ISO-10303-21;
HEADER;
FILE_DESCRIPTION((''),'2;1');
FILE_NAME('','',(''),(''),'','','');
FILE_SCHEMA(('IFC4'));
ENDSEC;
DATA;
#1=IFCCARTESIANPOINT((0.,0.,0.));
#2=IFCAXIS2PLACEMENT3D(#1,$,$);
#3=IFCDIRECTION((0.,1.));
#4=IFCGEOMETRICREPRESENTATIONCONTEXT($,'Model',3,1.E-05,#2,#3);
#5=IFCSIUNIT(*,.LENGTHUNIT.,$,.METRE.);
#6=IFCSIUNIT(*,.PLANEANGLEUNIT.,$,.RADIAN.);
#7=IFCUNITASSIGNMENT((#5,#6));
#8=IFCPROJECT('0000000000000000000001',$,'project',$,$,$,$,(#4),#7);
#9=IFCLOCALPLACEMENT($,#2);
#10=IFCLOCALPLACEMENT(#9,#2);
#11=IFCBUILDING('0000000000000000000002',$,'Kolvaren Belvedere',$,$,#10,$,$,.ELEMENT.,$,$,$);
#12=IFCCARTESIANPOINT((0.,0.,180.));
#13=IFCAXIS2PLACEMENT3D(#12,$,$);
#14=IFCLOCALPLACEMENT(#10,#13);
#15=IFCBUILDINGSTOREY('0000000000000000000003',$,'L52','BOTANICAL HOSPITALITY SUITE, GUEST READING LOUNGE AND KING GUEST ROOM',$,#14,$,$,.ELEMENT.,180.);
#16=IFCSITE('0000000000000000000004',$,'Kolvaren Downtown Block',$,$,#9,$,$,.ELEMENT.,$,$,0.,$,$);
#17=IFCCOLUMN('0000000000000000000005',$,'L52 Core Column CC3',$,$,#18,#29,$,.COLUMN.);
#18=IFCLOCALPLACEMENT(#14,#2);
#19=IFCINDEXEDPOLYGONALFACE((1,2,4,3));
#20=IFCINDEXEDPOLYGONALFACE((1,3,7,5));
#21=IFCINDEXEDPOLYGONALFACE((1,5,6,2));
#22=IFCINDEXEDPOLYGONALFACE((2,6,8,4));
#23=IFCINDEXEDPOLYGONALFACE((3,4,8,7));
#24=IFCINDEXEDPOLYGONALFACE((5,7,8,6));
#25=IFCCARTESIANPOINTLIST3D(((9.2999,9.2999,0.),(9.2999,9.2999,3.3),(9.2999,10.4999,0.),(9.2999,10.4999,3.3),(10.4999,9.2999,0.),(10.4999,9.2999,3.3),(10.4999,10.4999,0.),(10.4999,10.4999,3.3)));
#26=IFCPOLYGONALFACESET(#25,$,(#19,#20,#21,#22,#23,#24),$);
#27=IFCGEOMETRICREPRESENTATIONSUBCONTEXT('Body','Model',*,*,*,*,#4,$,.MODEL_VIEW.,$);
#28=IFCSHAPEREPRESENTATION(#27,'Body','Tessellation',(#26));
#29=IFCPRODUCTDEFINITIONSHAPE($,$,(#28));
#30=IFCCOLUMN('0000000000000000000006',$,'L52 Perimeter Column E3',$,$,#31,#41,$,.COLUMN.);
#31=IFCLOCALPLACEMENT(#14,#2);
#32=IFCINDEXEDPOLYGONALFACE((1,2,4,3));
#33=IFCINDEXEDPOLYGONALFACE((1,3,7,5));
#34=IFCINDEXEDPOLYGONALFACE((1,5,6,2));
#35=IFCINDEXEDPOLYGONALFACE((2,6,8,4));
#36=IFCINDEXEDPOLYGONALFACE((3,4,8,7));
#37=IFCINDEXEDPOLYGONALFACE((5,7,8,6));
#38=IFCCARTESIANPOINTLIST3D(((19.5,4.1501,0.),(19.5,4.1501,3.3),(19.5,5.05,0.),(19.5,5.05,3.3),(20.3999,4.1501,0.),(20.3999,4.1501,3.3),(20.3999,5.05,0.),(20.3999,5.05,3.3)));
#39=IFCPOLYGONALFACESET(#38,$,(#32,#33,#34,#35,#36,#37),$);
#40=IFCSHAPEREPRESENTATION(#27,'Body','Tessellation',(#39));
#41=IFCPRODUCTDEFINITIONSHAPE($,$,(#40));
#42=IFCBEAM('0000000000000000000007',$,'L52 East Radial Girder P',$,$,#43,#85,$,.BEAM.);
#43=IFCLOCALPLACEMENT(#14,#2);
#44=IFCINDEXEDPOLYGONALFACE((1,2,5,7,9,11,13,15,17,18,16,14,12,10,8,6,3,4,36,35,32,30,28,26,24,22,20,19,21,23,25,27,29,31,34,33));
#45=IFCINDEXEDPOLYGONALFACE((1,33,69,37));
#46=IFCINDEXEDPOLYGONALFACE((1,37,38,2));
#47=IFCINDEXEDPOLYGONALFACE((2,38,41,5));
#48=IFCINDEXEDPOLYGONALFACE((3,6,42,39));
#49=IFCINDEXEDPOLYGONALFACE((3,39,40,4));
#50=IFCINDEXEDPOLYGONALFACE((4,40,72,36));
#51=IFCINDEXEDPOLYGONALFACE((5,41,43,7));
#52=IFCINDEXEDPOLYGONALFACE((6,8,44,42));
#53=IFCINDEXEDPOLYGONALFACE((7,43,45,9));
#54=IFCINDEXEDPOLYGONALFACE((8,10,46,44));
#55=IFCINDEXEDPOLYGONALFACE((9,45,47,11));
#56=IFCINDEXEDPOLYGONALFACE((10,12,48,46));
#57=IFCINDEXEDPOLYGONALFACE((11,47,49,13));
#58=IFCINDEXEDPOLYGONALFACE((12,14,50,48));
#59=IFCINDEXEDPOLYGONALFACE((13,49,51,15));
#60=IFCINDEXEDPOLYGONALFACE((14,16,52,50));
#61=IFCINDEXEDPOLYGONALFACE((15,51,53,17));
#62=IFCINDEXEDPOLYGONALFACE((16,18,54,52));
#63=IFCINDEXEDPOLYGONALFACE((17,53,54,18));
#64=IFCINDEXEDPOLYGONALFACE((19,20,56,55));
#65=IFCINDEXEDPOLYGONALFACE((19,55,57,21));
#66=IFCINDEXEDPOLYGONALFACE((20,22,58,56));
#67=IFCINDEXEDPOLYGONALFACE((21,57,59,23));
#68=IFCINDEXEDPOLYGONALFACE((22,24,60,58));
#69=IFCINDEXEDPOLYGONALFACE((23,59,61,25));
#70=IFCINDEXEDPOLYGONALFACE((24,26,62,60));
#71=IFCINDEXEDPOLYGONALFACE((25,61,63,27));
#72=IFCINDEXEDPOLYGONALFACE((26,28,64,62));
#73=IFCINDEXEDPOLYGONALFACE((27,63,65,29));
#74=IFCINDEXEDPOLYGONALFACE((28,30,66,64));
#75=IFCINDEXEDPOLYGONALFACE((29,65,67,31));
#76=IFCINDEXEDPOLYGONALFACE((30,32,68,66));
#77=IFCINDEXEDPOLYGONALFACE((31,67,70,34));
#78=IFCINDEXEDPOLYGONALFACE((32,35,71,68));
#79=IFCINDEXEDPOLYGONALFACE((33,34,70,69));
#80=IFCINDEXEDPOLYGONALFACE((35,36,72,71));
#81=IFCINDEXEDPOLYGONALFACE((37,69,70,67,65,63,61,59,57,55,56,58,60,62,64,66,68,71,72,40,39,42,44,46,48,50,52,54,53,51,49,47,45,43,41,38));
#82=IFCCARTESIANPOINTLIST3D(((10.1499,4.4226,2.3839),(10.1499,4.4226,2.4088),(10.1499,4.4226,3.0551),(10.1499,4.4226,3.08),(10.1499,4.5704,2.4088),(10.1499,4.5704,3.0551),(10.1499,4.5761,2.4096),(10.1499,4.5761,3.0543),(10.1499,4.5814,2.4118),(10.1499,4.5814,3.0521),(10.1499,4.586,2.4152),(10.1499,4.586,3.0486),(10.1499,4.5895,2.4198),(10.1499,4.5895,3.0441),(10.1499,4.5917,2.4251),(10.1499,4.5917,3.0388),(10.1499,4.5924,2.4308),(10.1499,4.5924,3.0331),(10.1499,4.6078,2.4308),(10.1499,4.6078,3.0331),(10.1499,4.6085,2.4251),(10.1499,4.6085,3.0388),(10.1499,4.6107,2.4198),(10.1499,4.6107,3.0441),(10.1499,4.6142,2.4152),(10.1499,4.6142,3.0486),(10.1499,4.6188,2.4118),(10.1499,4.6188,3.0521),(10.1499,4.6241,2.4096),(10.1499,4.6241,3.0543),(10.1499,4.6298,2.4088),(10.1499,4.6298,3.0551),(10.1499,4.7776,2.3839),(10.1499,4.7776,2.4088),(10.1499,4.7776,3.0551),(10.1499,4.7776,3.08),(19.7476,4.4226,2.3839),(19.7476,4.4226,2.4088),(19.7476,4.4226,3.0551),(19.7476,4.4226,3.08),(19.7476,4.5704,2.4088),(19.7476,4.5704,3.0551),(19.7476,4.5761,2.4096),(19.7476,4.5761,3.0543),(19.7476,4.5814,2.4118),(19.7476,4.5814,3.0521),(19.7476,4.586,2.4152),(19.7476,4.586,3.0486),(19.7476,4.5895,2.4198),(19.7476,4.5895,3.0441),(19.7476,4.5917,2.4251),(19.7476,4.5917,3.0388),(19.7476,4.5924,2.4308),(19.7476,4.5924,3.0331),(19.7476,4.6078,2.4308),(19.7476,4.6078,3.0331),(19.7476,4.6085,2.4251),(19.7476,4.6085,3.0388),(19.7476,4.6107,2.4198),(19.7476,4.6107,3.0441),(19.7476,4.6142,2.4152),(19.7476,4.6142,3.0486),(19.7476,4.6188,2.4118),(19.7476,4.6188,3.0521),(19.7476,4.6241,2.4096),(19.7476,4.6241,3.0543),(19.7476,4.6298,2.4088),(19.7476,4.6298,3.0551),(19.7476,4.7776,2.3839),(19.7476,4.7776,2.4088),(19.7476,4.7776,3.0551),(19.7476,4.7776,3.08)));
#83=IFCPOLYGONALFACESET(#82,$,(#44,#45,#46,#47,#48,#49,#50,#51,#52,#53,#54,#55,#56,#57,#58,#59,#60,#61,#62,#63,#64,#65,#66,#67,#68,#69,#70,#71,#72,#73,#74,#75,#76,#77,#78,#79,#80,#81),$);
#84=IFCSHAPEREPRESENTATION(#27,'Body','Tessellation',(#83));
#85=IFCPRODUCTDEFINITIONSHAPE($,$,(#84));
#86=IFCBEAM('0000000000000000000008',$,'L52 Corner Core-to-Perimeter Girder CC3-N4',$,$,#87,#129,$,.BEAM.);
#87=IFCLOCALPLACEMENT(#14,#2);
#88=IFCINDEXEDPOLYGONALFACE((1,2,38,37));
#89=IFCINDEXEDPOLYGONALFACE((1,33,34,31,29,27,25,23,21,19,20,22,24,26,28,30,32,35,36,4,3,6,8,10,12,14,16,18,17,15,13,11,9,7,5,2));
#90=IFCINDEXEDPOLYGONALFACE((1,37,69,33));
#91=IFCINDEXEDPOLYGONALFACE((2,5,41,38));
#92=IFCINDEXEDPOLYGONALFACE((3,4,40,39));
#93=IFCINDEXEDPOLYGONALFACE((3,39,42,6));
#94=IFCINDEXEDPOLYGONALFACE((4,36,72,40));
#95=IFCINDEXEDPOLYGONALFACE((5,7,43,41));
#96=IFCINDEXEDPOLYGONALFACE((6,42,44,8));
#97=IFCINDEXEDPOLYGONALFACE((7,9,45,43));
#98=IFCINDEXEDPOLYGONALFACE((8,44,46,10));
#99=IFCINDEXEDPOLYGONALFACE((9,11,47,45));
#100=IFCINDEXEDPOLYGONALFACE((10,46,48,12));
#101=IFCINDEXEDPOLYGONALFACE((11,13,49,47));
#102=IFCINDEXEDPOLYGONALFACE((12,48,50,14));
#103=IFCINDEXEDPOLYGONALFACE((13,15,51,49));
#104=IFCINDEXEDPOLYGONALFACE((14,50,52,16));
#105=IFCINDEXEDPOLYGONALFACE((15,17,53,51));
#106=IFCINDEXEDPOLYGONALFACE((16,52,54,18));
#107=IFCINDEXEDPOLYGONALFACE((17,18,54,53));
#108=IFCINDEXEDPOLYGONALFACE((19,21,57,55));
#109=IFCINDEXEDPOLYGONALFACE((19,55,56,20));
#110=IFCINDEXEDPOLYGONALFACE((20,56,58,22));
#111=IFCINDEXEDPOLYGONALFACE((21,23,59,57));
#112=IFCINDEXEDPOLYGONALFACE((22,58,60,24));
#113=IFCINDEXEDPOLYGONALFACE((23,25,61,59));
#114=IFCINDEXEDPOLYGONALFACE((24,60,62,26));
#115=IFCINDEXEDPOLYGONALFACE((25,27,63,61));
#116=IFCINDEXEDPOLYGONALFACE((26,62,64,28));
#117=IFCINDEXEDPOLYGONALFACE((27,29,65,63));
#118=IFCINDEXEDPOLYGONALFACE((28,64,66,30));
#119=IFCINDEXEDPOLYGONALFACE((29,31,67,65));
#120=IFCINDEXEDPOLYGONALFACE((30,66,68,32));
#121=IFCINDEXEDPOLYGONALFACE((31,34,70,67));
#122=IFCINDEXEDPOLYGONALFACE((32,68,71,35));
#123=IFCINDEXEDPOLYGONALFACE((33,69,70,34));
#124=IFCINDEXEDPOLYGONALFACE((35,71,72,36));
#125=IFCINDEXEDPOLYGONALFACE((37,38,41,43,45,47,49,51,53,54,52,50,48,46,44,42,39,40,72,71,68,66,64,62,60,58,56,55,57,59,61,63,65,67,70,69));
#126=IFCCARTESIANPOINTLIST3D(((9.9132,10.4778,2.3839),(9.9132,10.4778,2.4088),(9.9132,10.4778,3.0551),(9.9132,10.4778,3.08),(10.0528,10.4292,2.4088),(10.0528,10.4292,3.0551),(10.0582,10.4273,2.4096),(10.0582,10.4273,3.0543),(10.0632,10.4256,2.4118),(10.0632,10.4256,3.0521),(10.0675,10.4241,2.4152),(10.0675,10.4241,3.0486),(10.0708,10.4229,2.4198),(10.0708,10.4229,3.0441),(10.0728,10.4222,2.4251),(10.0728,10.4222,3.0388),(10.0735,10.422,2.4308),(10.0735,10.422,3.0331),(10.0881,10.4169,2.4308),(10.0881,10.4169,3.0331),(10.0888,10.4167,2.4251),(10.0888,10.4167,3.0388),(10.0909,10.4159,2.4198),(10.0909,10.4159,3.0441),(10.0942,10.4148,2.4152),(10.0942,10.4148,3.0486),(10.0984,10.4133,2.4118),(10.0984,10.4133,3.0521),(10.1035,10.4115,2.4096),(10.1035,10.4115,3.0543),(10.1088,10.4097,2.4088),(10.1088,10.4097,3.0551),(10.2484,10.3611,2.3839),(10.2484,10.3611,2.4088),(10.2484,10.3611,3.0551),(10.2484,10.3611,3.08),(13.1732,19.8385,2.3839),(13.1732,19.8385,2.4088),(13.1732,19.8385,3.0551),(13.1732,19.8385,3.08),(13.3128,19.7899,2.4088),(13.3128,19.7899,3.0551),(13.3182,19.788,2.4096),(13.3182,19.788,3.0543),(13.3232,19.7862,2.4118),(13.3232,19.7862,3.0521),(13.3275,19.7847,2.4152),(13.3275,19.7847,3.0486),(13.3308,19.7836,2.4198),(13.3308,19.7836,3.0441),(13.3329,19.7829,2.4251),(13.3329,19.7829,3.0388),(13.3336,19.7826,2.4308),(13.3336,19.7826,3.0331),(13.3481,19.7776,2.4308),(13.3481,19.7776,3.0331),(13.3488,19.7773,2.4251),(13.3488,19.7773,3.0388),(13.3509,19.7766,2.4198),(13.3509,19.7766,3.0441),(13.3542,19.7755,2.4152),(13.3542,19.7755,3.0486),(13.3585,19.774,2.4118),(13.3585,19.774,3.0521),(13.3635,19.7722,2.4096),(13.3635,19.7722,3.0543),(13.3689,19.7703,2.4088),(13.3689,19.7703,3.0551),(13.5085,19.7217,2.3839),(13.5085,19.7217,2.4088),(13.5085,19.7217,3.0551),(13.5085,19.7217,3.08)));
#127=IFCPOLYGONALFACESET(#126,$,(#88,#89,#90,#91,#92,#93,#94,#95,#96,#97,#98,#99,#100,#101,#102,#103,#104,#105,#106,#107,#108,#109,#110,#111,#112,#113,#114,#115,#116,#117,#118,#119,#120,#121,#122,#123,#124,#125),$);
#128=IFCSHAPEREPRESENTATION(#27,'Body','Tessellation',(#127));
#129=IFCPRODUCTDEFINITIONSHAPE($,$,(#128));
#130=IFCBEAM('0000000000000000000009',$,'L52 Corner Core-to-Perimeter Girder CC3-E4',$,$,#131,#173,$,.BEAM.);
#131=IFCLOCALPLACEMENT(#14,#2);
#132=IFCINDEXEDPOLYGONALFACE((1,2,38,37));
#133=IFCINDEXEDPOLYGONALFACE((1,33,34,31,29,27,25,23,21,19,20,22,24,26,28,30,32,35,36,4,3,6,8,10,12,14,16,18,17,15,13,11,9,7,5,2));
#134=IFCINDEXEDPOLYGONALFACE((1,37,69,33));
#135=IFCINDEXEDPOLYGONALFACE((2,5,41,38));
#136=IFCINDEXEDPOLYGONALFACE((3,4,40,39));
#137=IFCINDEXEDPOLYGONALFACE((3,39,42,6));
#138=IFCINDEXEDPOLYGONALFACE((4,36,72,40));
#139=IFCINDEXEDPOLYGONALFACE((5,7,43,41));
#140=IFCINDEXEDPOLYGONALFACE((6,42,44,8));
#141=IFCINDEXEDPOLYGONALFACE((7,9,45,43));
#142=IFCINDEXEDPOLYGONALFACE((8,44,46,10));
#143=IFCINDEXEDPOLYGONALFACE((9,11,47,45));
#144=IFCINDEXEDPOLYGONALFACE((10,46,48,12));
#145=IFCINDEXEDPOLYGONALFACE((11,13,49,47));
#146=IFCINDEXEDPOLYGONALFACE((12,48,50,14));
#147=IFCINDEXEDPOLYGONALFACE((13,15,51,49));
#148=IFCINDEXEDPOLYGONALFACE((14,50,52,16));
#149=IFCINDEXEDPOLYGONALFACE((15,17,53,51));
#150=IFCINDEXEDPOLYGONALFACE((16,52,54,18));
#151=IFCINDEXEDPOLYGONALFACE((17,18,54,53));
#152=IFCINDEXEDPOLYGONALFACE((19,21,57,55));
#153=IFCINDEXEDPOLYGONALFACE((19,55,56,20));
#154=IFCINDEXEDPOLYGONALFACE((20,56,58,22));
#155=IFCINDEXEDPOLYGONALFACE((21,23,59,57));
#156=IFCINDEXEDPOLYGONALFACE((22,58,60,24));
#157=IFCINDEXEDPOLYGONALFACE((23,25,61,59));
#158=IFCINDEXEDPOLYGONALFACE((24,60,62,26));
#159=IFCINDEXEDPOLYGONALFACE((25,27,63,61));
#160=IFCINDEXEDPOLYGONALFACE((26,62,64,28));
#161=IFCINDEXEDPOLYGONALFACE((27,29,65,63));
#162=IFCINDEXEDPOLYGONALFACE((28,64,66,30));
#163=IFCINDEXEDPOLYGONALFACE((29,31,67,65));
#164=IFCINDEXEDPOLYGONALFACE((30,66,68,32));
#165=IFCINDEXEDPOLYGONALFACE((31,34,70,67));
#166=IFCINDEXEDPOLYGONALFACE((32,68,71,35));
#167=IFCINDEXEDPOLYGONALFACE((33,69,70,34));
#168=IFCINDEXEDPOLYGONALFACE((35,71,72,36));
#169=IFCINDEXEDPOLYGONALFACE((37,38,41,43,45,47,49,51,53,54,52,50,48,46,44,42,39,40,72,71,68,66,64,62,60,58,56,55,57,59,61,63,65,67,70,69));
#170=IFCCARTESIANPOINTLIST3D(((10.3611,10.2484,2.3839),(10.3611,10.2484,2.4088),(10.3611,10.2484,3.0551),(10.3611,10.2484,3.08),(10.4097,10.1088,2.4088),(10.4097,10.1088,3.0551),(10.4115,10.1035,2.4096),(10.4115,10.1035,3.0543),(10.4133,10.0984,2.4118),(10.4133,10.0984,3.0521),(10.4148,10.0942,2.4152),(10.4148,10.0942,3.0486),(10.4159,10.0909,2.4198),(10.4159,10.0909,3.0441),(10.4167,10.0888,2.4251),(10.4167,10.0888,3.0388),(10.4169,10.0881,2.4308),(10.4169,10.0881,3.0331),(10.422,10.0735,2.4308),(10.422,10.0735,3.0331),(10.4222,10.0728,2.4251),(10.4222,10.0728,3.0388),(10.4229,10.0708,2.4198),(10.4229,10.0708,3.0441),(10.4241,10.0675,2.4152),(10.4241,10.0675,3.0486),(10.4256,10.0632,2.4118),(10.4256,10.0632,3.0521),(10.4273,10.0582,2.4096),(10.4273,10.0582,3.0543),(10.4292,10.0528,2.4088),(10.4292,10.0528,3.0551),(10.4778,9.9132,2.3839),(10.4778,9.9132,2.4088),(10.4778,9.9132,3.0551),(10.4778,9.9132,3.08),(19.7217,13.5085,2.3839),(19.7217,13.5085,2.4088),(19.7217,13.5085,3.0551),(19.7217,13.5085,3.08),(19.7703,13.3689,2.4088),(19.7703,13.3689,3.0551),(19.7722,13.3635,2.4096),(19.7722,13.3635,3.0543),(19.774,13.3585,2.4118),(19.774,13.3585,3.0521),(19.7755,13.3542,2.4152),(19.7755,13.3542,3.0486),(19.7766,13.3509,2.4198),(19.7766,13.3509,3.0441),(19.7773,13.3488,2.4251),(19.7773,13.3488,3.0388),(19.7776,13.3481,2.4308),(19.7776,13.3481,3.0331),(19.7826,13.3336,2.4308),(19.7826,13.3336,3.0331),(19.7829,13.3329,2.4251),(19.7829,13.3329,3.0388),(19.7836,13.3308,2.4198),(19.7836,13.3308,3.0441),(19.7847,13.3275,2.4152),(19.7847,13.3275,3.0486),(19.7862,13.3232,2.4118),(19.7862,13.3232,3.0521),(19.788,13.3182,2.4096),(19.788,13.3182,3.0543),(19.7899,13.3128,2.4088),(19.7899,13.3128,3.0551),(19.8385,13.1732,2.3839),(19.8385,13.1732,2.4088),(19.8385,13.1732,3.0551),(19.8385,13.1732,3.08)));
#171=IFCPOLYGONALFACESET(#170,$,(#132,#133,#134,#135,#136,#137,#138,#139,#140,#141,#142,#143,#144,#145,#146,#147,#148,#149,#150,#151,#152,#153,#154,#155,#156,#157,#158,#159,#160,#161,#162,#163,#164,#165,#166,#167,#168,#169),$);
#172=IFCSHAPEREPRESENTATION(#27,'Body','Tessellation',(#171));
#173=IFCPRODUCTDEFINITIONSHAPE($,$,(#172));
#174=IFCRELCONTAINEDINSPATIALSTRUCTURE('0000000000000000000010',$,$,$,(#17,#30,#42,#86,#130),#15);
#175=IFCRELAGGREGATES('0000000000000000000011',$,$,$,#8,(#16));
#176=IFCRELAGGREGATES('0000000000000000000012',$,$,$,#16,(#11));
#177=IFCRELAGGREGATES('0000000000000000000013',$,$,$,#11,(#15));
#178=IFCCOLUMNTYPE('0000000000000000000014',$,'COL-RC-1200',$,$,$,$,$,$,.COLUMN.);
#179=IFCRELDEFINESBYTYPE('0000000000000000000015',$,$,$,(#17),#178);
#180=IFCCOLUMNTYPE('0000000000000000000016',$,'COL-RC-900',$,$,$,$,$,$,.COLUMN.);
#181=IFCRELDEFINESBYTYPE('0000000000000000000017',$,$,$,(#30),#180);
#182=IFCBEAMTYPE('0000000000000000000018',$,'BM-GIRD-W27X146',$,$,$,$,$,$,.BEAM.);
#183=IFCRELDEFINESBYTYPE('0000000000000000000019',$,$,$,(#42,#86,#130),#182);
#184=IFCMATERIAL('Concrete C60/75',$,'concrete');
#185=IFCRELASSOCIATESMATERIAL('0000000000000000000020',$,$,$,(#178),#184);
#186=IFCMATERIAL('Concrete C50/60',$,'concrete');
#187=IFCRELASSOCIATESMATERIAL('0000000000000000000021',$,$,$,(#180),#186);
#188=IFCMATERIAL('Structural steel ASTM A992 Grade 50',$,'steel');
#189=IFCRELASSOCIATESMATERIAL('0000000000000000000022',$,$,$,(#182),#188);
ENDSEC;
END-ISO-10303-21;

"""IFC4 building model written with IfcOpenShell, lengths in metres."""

from ifc_helpers import new_model, si_unit, direction, frame, origin, origin_2d, place, context, subcontext, project, spatial, rectangle, i_section, extrude, material, material_profile, profile_set, type_object, element, save


model = new_model("IFC4")

# Units and contexts
model_context = context("Model", 3, precision=1e-05, world=origin(), true_north=direction((0.0, 1.0)))
body_context = subcontext(model_context, "Body", "Model", "MODEL_VIEW")
ifc_project = project(units=[si_unit("LENGTHUNIT", "METRE"), si_unit("PLANEANGLEUNIT", "RADIAN")], contexts=[model_context])

# Site, building, storey
site_placement = place(None, origin())
site = spatial("IfcSite", under=ifc_project, at=site_placement, Name="Kolvaren Downtown Block", CompositionType="ELEMENT", RefElevation=0.0)
building_placement = place(site_placement, origin())
building = spatial("IfcBuilding", under=site, at=building_placement, Name="Kolvaren Belvedere", CompositionType="ELEMENT")
storey_placement = place(building_placement, frame((0.0, 0.0, 180.0)))
storey = spatial("IfcBuildingStorey", under=building, at=storey_placement, Name="L52", Description="BOTANICAL HOSPITALITY SUITE, GUEST READING LOUNGE AND KING GUEST ROOM", CompositionType="ELEMENT", Elevation=180.0)

# Columns
ifc_material_1 = material(Name="Concrete C60/75", Category="concrete")
ifc_material_profile_1 = material_profile(ifc_material_1, rectangle(XDim=1.2, YDim=1.2, at=origin_2d()), Name="RC 1200X1200")
ifc_profile_set_1 = profile_set([ifc_material_profile_1], Name="Concrete C60/75")
column_type_1 = type_object("IfcColumnType", Name="COL-RC-1200", PredefinedType="COLUMN", material=ifc_profile_set_1)
column_1_placement = place(storey_placement, frame((9.8999, 9.8999, 0.0), z_axis=(0.0, 0.0, 1.0), x_axis=(1.0, 0.0, 0.0)))
element("IfcColumn", 1, at=column_1_placement, inside=storey, type_object=column_type_1, Name="L52 Core Column CC3", PredefinedType="COLUMN", context=body_context, shape_type="SweptSolid", body=[
    extrude(rectangle(XDim=1.2, YDim=1.2, at=origin_2d()), origin(), (0.0, 0.0, 1.0), 3.3),
])
ifc_material_2 = material(Name="Concrete C50/60", Category="concrete")
ifc_material_profile_2 = material_profile(ifc_material_2, rectangle(XDim=0.8999, YDim=0.8999, at=origin_2d()), Name="RC 900X900")
ifc_profile_set_2 = profile_set([ifc_material_profile_2], Name="Concrete C50/60")
column_type_2 = type_object("IfcColumnType", Name="COL-RC-900", PredefinedType="COLUMN", material=ifc_profile_set_2)
column_2_placement = place(storey_placement, frame((19.95, 4.6001, 0.0), z_axis=(0.0, 0.0, 1.0), x_axis=(1.0, 0.0, 0.0)))
element("IfcColumn", 2, at=column_2_placement, inside=storey, type_object=column_type_2, Name="L52 Perimeter Column E3", PredefinedType="COLUMN", context=body_context, shape_type="SweptSolid", body=[
    extrude(rectangle(XDim=0.8999, YDim=0.8999, at=origin_2d()), origin(), (0.0, 0.0, 1.0), 3.3),
])

# Beams
ifc_material_3 = material(Name="Structural steel ASTM A992 Grade 50", Category="steel")
ifc_material_profile_3 = material_profile(ifc_material_3, i_section(OverallWidth=0.355, OverallDepth=0.696, WebThickness=0.0154, FlangeThickness=0.0249, FilletRadius=0.022, at=origin_2d()), Name="W27X146")
ifc_profile_set_3 = profile_set([ifc_material_profile_3], Name="Structural steel ASTM A992 Grade 50")
beam_type_1 = type_object("IfcBeamType", Name="BM-GIRD-W27X146", PredefinedType="BEAM", material=ifc_profile_set_3)
beam_1_placement = place(storey_placement, frame((10.1499, 4.6001, 2.7319), z_axis=(1.0, 0.0, 0.0), x_axis=(0.0, 1.0, 0.0)))
element("IfcBeam", 3, at=beam_1_placement, inside=storey, type_object=beam_type_1, Name="L52 East Radial Girder P", PredefinedType="BEAM", context=body_context, shape_type="SweptSolid", body=[
    extrude(i_section(OverallWidth=0.355, OverallDepth=0.696, WebThickness=0.0154, FlangeThickness=0.0249, FilletRadius=0.022, at=origin_2d()), origin(), (0.0, 0.0, 1.0), 9.5977),
])
for number, where, z_axis, x_axis, name in (
    (4, (10.0808, 10.4194, 2.7319), (0.328894, 0.944367, 0.0), (-0.944367, 0.328894, 0.0), "L52 Corner Core-to-Perimeter Girder CC3-N4"),
    (5, (10.4194, 10.0808, 2.7319), (0.944367, 0.328894, 0.0), (-0.328894, 0.944367, 0.0), "L52 Corner Core-to-Perimeter Girder CC3-E4"),
):
    element("IfcBeam", number, at=place(storey_placement, frame(where, z_axis=z_axis, x_axis=x_axis)), inside=storey, type_object=beam_type_1, Name=name, PredefinedType="BEAM", context=body_context, shape_type="SweptSolid", body=[
        extrude(i_section(OverallWidth=0.355, OverallDepth=0.696, WebThickness=0.0154, FlangeThickness=0.0249, FilletRadius=0.022, at=origin_2d()), origin(), (0.0, 0.0, 1.0), 9.9121),
    ])

save(model, "model.ifc")
